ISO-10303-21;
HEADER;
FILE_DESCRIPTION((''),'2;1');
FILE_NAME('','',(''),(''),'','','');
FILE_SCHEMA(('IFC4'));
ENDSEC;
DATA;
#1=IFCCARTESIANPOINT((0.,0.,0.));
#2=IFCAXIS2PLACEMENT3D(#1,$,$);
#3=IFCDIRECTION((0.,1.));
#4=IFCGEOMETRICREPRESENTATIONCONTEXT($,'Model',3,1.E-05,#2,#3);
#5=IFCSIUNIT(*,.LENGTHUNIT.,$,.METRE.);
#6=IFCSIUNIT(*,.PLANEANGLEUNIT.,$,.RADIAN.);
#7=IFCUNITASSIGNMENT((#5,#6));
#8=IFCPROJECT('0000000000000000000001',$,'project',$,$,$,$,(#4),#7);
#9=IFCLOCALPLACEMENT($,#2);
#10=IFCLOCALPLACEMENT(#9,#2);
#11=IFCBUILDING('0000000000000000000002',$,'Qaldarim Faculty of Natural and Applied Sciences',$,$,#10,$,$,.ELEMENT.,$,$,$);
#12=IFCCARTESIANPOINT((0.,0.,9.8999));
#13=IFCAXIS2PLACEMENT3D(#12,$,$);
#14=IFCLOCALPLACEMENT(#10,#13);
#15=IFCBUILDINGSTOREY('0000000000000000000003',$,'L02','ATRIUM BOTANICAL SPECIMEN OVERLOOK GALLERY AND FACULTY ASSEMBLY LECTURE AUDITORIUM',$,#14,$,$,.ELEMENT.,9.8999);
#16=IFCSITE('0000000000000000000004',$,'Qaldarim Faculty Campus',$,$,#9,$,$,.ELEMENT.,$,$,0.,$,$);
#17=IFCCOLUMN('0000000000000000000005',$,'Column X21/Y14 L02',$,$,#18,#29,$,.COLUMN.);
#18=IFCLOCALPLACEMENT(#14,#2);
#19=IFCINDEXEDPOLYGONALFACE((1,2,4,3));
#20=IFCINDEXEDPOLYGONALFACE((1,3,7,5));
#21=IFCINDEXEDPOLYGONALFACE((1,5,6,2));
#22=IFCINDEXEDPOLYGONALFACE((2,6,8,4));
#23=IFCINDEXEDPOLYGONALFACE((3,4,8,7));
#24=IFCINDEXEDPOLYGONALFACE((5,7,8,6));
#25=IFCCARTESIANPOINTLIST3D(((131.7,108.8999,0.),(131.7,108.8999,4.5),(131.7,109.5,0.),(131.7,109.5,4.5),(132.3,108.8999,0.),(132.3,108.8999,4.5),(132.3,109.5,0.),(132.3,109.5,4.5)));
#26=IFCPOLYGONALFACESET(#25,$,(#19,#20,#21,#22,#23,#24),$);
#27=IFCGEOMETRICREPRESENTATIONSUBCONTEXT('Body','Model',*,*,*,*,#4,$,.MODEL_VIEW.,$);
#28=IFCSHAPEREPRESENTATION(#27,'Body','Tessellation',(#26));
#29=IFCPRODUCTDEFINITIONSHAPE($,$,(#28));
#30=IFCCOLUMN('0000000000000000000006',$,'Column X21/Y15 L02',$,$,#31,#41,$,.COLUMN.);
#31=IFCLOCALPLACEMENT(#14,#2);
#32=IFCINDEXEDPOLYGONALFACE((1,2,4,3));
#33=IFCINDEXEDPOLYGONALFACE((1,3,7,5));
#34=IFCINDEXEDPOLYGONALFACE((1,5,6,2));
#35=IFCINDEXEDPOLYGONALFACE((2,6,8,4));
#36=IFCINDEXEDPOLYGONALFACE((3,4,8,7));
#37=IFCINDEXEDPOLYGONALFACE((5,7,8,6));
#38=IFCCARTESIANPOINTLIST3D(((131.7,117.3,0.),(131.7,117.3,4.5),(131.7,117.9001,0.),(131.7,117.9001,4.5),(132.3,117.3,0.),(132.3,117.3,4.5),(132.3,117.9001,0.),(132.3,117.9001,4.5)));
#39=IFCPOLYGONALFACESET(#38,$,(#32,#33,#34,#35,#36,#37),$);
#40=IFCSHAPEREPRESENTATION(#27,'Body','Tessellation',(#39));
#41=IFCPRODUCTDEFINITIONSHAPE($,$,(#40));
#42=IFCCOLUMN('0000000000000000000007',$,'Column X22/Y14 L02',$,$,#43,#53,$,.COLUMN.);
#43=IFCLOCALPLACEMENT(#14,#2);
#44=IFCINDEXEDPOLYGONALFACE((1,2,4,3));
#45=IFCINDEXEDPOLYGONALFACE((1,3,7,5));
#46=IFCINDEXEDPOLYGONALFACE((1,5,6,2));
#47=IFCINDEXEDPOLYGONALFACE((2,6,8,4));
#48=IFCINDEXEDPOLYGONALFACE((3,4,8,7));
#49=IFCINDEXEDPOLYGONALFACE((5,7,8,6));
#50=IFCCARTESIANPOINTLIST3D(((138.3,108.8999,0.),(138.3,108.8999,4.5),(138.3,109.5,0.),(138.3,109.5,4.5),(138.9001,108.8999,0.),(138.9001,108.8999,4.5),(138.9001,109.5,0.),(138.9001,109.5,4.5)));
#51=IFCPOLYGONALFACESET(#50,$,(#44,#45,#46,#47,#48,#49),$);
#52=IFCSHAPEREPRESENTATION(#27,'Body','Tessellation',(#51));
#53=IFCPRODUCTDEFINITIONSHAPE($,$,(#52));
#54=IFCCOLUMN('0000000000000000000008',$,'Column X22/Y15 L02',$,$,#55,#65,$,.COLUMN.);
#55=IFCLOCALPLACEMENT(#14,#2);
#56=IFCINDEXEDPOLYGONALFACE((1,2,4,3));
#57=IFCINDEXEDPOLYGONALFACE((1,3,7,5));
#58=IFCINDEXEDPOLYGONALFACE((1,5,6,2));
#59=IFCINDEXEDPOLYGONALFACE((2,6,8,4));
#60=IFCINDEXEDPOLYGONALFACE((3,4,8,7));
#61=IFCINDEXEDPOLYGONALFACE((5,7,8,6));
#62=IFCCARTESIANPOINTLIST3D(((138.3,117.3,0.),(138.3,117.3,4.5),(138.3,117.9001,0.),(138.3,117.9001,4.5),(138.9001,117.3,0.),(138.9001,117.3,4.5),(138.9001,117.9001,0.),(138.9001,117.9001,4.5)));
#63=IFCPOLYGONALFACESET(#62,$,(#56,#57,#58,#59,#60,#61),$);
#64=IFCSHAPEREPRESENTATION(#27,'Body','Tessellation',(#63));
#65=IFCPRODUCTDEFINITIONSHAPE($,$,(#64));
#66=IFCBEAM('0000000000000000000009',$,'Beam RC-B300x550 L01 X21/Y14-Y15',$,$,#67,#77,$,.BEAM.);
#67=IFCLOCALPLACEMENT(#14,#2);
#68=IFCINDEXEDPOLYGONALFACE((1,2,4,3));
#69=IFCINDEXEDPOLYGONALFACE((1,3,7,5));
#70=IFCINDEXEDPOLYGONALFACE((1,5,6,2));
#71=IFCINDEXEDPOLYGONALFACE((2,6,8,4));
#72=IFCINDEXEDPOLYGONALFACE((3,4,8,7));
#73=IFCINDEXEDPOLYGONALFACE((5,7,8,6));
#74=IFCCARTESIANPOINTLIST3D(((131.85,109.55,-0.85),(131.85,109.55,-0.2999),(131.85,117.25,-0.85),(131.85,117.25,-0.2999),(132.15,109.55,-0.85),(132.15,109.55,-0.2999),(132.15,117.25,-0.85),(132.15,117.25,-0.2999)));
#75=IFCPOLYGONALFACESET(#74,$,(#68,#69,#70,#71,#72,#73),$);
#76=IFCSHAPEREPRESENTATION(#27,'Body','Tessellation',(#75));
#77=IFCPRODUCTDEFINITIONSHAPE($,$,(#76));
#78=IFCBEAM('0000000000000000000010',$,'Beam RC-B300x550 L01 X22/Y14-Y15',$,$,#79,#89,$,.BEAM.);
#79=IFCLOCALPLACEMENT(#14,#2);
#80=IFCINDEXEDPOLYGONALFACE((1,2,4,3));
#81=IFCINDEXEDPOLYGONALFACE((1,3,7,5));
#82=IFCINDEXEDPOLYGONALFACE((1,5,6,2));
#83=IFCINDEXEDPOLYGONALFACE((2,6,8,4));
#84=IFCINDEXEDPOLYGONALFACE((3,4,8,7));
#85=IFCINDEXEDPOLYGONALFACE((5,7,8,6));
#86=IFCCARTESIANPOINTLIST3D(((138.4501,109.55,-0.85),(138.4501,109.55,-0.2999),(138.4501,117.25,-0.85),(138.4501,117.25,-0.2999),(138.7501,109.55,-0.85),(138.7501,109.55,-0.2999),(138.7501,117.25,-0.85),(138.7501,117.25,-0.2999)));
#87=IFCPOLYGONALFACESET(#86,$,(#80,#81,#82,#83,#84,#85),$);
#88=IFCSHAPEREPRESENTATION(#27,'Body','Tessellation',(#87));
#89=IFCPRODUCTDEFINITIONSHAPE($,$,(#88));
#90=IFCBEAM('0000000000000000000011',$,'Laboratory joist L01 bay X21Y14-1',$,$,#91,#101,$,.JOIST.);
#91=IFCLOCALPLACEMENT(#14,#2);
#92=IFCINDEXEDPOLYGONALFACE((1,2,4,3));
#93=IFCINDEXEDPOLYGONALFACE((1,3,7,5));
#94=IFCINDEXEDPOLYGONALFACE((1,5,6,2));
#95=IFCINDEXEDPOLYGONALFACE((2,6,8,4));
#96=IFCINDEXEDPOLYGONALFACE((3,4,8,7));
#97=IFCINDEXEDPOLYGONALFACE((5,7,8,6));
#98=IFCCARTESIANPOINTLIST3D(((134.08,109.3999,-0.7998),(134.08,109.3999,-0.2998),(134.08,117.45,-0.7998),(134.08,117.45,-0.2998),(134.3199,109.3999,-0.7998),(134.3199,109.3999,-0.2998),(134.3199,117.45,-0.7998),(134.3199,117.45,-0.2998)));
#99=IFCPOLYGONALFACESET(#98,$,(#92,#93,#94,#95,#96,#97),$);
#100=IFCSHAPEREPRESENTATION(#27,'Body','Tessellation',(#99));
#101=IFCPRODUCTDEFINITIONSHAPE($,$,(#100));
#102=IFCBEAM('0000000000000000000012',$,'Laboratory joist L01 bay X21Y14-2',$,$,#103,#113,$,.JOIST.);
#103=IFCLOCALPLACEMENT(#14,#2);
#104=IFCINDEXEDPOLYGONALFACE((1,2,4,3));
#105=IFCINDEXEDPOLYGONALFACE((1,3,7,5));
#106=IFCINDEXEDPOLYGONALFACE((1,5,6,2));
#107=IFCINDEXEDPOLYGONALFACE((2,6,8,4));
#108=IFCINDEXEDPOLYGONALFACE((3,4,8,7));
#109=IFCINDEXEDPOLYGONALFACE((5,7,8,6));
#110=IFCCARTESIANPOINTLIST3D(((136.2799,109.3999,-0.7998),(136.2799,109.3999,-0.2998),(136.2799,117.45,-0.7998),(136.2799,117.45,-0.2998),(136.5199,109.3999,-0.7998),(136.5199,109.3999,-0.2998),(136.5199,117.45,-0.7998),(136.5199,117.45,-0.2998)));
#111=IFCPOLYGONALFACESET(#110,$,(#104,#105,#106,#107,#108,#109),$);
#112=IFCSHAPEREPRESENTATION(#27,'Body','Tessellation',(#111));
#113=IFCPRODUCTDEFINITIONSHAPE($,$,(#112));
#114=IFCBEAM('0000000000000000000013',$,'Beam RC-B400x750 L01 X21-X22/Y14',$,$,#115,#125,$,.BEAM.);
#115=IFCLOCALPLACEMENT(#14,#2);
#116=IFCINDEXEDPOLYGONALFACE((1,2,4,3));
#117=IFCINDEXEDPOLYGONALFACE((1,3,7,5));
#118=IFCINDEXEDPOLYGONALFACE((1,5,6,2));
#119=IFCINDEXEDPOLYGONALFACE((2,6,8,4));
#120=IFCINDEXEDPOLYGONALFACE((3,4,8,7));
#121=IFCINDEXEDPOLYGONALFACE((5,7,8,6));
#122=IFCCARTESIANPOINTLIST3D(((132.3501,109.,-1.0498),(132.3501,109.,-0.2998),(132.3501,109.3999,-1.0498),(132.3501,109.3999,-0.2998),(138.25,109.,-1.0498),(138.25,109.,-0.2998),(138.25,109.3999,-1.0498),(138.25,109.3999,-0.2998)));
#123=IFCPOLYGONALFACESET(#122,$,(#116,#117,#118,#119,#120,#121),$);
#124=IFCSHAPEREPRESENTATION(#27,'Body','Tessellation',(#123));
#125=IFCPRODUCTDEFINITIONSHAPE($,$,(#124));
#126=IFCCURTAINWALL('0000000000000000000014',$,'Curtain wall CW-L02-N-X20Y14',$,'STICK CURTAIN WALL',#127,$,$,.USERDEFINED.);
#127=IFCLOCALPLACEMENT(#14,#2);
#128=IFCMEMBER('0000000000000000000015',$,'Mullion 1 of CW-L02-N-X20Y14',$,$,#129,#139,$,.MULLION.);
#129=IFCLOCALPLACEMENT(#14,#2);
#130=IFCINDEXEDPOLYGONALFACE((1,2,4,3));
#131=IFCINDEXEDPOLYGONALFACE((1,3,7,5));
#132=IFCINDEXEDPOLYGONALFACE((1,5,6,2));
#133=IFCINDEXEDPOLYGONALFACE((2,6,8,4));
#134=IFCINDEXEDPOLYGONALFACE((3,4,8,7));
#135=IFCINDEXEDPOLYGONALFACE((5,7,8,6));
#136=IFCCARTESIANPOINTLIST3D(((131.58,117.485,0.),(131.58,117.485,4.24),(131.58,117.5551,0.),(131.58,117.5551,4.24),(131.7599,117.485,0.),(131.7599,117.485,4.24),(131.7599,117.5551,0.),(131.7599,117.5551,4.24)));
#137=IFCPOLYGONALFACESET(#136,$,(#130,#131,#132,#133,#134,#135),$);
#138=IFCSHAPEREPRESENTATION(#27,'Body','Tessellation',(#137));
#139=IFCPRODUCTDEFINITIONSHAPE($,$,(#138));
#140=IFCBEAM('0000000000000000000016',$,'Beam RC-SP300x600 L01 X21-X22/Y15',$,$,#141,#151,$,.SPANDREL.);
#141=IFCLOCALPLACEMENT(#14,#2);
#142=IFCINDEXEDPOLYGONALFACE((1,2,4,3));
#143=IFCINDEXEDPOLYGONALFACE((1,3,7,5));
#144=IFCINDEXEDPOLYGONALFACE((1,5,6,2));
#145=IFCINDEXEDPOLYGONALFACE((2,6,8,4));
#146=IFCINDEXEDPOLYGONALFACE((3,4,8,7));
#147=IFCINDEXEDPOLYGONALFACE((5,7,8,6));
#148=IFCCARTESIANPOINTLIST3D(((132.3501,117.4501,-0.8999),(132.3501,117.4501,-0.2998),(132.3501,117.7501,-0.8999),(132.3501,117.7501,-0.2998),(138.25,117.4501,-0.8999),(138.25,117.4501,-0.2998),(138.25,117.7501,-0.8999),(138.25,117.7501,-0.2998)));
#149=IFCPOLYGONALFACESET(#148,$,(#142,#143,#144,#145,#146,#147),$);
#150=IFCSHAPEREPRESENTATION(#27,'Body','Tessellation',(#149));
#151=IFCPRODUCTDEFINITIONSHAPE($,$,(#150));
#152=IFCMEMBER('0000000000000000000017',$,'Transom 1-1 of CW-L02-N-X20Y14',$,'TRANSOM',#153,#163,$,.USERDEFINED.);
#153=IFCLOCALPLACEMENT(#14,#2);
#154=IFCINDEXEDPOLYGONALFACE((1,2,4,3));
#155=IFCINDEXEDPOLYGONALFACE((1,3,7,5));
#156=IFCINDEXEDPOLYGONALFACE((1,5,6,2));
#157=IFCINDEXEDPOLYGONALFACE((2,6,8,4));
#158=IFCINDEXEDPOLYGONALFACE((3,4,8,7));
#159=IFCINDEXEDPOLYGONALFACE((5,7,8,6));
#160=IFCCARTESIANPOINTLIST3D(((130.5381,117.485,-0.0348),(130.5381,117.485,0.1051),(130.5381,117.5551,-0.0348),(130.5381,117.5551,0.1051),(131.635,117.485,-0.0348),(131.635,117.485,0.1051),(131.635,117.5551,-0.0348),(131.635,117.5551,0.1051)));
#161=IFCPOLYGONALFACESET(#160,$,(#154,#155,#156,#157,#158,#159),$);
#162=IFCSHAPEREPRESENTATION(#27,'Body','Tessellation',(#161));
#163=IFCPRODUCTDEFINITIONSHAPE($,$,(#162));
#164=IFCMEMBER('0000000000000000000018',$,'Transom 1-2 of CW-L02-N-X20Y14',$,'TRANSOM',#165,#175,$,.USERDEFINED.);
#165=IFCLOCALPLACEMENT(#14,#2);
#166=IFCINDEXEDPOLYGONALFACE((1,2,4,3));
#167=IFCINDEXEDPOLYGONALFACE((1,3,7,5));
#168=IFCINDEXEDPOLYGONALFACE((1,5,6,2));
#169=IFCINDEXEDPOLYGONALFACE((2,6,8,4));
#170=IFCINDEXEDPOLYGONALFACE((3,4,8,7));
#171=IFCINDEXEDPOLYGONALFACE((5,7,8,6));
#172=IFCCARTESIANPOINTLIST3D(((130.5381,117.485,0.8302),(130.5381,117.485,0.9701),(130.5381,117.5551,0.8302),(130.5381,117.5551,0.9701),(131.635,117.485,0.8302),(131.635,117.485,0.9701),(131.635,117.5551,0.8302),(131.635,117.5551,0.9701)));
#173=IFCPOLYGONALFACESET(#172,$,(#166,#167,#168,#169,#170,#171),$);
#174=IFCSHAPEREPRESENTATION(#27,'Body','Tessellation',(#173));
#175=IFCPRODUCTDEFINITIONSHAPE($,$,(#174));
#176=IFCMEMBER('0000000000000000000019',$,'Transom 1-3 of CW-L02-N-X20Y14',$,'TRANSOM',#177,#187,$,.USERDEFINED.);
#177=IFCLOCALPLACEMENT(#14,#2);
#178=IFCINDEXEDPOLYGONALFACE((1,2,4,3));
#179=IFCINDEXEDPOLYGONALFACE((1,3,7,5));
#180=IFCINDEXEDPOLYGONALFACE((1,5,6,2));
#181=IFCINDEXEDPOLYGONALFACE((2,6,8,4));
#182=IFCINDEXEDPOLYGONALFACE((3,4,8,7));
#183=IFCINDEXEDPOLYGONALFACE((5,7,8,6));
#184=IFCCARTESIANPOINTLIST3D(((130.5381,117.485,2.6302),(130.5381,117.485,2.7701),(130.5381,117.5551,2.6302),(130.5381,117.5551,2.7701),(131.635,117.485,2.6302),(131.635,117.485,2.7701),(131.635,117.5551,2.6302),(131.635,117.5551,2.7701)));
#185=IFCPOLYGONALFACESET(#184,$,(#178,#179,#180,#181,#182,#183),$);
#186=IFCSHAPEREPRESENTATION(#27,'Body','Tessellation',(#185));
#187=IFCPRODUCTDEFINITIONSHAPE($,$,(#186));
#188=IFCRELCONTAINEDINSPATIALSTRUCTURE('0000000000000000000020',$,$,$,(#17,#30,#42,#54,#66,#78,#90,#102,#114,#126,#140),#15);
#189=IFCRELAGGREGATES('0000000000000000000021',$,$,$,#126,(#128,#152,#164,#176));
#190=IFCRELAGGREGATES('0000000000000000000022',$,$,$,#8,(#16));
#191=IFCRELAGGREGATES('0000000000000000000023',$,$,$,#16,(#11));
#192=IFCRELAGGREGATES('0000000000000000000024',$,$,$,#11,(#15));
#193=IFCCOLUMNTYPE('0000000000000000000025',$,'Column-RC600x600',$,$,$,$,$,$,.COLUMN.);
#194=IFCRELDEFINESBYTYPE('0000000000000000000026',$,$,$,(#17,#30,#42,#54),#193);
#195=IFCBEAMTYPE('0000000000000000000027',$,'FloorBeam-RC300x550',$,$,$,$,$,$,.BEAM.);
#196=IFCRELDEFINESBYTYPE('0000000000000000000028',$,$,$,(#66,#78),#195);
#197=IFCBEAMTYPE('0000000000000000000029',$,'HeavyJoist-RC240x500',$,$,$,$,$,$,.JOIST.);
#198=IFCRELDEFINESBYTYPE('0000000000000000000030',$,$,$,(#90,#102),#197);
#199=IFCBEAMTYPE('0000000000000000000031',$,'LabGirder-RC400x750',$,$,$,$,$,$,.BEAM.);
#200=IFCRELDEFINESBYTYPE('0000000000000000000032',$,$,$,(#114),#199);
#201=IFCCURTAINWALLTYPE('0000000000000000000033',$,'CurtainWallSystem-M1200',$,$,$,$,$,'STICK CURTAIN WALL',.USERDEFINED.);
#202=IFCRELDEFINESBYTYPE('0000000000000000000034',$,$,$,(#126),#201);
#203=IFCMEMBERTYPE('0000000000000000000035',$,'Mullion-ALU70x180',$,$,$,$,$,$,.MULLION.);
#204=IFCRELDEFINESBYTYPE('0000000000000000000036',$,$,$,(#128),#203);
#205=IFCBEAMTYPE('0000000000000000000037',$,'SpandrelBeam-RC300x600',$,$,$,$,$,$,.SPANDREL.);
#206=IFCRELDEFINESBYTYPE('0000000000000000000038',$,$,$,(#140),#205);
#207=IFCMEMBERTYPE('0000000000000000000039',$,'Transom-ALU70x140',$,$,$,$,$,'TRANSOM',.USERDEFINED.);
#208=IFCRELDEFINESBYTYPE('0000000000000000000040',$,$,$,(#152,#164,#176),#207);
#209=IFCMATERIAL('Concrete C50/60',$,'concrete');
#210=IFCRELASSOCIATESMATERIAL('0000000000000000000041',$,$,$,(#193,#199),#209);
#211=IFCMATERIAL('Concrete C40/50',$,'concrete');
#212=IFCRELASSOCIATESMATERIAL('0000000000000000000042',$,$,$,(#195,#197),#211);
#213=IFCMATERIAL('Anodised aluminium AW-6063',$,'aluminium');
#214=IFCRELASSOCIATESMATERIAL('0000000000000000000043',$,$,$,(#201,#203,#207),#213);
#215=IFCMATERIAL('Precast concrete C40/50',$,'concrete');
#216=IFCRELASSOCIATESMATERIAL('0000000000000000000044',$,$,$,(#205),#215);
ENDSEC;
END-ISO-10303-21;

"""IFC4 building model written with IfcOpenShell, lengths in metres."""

from ifc_helpers import new_model, si_unit, direction, frame, origin, origin_2d, place, context, subcontext, project, spatial, rectangle, extrude, material, material_profile, profile_set, type_object, element, aggregate, save


model = new_model("IFC4")

# Units and contexts
model_context = context("Model", 3, precision=1e-05, world=origin(), true_north=direction((0.0, 1.0)))
body_context = subcontext(model_context, "Body", "Model", "MODEL_VIEW")
ifc_project = project(units=[si_unit("LENGTHUNIT", "METRE"), si_unit("PLANEANGLEUNIT", "RADIAN")], contexts=[model_context])

# Site, building, storey
site_placement = place(None, origin())
site = spatial("IfcSite", under=ifc_project, at=site_placement, Name="Qaldarim Faculty Campus", CompositionType="ELEMENT", RefElevation=0.0)
building_placement = place(site_placement, origin())
building = spatial("IfcBuilding", under=site, at=building_placement, Name="Qaldarim Faculty of Natural and Applied Sciences", CompositionType="ELEMENT")
storey_placement = place(building_placement, frame((0.0, 0.0, 9.8999)))
storey = spatial("IfcBuildingStorey", under=building, at=storey_placement, Name="L02", Description="ATRIUM BOTANICAL SPECIMEN OVERLOOK GALLERY AND FACULTY ASSEMBLY LECTURE AUDITORIUM", CompositionType="ELEMENT", Elevation=9.8999)

# Columns
ifc_material_1 = material(Name="Concrete C50/60", Category="concrete")
ifc_material_profile_1 = material_profile(ifc_material_1, rectangle(XDim=0.6001, YDim=0.6001, at=origin_2d()), Name="RC-C600x600")
ifc_profile_set_1 = profile_set([ifc_material_profile_1], Name="Concrete C50/60")
column_type = type_object("IfcColumnType", Name="Column-RC600x600", PredefinedType="COLUMN", material=ifc_profile_set_1)
for number, where, z_axis, x_axis, name in (
    (1, (132.0, 109.2, 0.0), (0.0, 0.0, 1.0), (1.0, 0.0, 0.0), "Column X21/Y14 L02"),
    (2, (132.0, 117.6001, 0.0), (0.0, 0.0, 1.0), (1.0, 0.0, 0.0), "Column X21/Y15 L02"),
    (3, (138.6001, 109.2, 0.0), (0.0, 0.0, 1.0), (1.0, 0.0, 0.0), "Column X22/Y14 L02"),
    (4, (138.6001, 117.6001, 0.0), (0.0, 0.0, 1.0), (1.0, 0.0, 0.0), "Column X22/Y15 L02"),
):
    element("IfcColumn", number, at=place(storey_placement, frame(where, z_axis=z_axis, x_axis=x_axis)), inside=storey, type_object=column_type, Name=name, PredefinedType="COLUMN", context=body_context, shape_type="SweptSolid", body=[
        extrude(rectangle(XDim=0.6001, YDim=0.6001, at=origin_2d()), origin(), (0.0, 0.0, 1.0), 4.5),
    ])

# Beams
ifc_material_2 = material(Name="Concrete C40/50", Category="concrete")
ifc_material_profile_2 = material_profile(ifc_material_2, rectangle(XDim=0.3, YDim=0.55, at=origin_2d()), Name="RC-B300x550")
ifc_profile_set_2 = profile_set([ifc_material_profile_2], Name="Concrete C40/50")
beam_type_1 = type_object("IfcBeamType", Name="FloorBeam-RC300x550", PredefinedType="BEAM", material=ifc_profile_set_2)
for number, where, z_axis, x_axis, name in (
    (5, (132.0, 109.55, -0.575), (0.0, 1.0, 0.0), (-1.0, 0.0, 0.0), "Beam RC-B300x550 L01 X21/Y14-Y15"),
    (6, (138.6001, 109.55, -0.575), (0.0, 1.0, 0.0), (-1.0, 0.0, 0.0), "Beam RC-B300x550 L01 X22/Y14-Y15"),
):
    element("IfcBeam", number, at=place(storey_placement, frame(where, z_axis=z_axis, x_axis=x_axis)), inside=storey, type_object=beam_type_1, Name=name, PredefinedType="BEAM", context=body_context, shape_type="SweptSolid", body=[
        extrude(rectangle(XDim=0.3, YDim=0.55, at=origin_2d()), origin(), (0.0, 0.0, 1.0), 7.7),
    ])
ifc_material_profile_3 = material_profile(ifc_material_2, rectangle(XDim=0.24, YDim=0.5, at=origin_2d()), Name="RC-J240x500")
ifc_profile_set_3 = profile_set([ifc_material_profile_3], Name="Concrete C40/50")
beam_type_2 = type_object("IfcBeamType", Name="HeavyJoist-RC240x500", PredefinedType="JOIST", material=ifc_profile_set_3)
for number, where, z_axis, x_axis, name in (
    (7, (134.2, 109.3999, -0.5498), (0.0, 1.0, 0.0), (-1.0, 0.0, 0.0), "Laboratory joist L01 bay X21Y14-1"),
    (8, (136.3999, 109.3999, -0.5498), (0.0, 1.0, 0.0), (-1.0, 0.0, 0.0), "Laboratory joist L01 bay X21Y14-2"),
):
    element("IfcBeam", number, at=place(storey_placement, frame(where, z_axis=z_axis, x_axis=x_axis)), inside=storey, type_object=beam_type_2, Name=name, PredefinedType="JOIST", context=body_context, shape_type="SweptSolid", body=[
        extrude(rectangle(XDim=0.24, YDim=0.5, at=origin_2d()), origin(), (0.0, 0.0, 1.0), 8.05),
    ])
ifc_material_profile_4 = material_profile(ifc_material_1, rectangle(XDim=0.3999, YDim=0.75, at=origin_2d()), Name="RC-B400x750")
ifc_profile_set_4 = profile_set([ifc_material_profile_4], Name="Concrete C50/60")
beam_type_3 = type_object("IfcBeamType", Name="LabGirder-RC400x750", PredefinedType="BEAM", material=ifc_profile_set_4)
beam_1_placement = place(storey_placement, frame((132.3501, 109.2, -0.6748), z_axis=(1.0, 0.0, 0.0), x_axis=(0.0, 1.0, 0.0)))
element("IfcBeam", 9, at=beam_1_placement, inside=storey, type_object=beam_type_3, Name="Beam RC-B400x750 L01 X21-X22/Y14", PredefinedType="BEAM", context=body_context, shape_type="SweptSolid", body=[
    extrude(rectangle(XDim=0.3999, YDim=0.75, at=origin_2d()), origin(), (0.0, 0.0, 1.0), 5.8999),
])

# Curtain wall, member
ifc_material_3 = material(Name="Anodised aluminium AW-6063", Category="aluminium")
curtain_wall_type = type_object("IfcCurtainWallType", Name="CurtainWallSystem-M1200", ElementType="STICK CURTAIN WALL", PredefinedType="USERDEFINED", material=ifc_material_3)
curtain_wall_placement = place(storey_placement, origin())
curtain_wall = element("IfcCurtainWall", 10, at=curtain_wall_placement, inside=storey, type_object=curtain_wall_type, Name="Curtain wall CW-L02-N-X20Y14", ObjectType="STICK CURTAIN WALL", PredefinedType="USERDEFINED")
ifc_material_profile_5 = material_profile(ifc_material_3, rectangle(XDim=0.0701, YDim=0.1799, at=origin_2d()), Name="ALU-M70x180")
ifc_profile_set_5 = profile_set([ifc_material_profile_5], Name="Anodised aluminium AW-6063")
member_type_1 = type_object("IfcMemberType", Name="Mullion-ALU70x180", PredefinedType="MULLION", material=ifc_profile_set_5)
member_1_placement = place(storey_placement, frame((131.6699, 117.52, 0.0), z_axis=(0.0, 0.0, 1.0), x_axis=(0.0, -1.0, 0.0)))
member_1 = element("IfcMember", 11, at=member_1_placement, type_object=member_type_1, Name="Mullion 1 of CW-L02-N-X20Y14", PredefinedType="MULLION", context=body_context, shape_type="SweptSolid", body=[
    extrude(rectangle(XDim=0.0701, YDim=0.1799, at=origin_2d()), origin(), (0.0, 0.0, 1.0), 4.24),
])

# Beam
ifc_material_4 = material(Name="Precast concrete C40/50", Category="concrete")
ifc_material_profile_6 = material_profile(ifc_material_4, rectangle(XDim=0.3, YDim=0.6001, at=origin_2d()), Name="RC-SP300x600")
ifc_profile_set_6 = profile_set([ifc_material_profile_6], Name="Precast concrete C40/50")
beam_type_4 = type_object("IfcBeamType", Name="SpandrelBeam-RC300x600", PredefinedType="SPANDREL", material=ifc_profile_set_6)
beam_2_placement = place(storey_placement, frame((132.3501, 117.6001, -0.5999), z_axis=(1.0, 0.0, 0.0), x_axis=(0.0, 1.0, 0.0)))
element("IfcBeam", 12, at=beam_2_placement, inside=storey, type_object=beam_type_4, Name="Beam RC-SP300x600 L01 X21-X22/Y15", PredefinedType="SPANDREL", context=body_context, shape_type="SweptSolid", body=[
    extrude(rectangle(XDim=0.3, YDim=0.6001, at=origin_2d()), origin(), (0.0, 0.0, 1.0), 5.8999),
])

# Members
ifc_material_profile_7 = material_profile(ifc_material_3, rectangle(XDim=0.0701, YDim=0.1399, at=origin_2d()), Name="ALU-T70x140")
ifc_profile_set_7 = profile_set([ifc_material_profile_7], Name="Anodised aluminium AW-6063")
member_type_2 = type_object("IfcMemberType", Name="Transom-ALU70x140", ElementType="TRANSOM", PredefinedType="USERDEFINED", material=ifc_profile_set_7)
member_2_placement = place(storey_placement, frame((131.635, 117.52, 0.0352), z_axis=(-1.0, 0.0, 0.0), x_axis=(0.0, -1.0, 0.0)))
member_2 = element("IfcMember", 13, at=member_2_placement, type_object=member_type_2, Name="Transom 1-1 of CW-L02-N-X20Y14", ObjectType="TRANSOM", PredefinedType="USERDEFINED", context=body_context, shape_type="SweptSolid", body=[
    extrude(rectangle(XDim=0.0701, YDim=0.1399, at=origin_2d()), origin(), (0.0, 0.0, 1.0), 1.0969),
])
member_3_placement = place(storey_placement, frame((131.635, 117.52, 0.9001), z_axis=(-1.0, 0.0, 0.0), x_axis=(0.0, -1.0, 0.0)))
member_3 = element("IfcMember", 14, at=member_3_placement, type_object=member_type_2, Name="Transom 1-2 of CW-L02-N-X20Y14", ObjectType="TRANSOM", PredefinedType="USERDEFINED", context=body_context, shape_type="SweptSolid", body=[
    extrude(rectangle(XDim=0.0701, YDim=0.1399, at=origin_2d()), origin(), (0.0, 0.0, 1.0), 1.0969),
])
member_4_placement = place(storey_placement, frame((131.635, 117.52, 2.7002), z_axis=(-1.0, 0.0, 0.0), x_axis=(0.0, -1.0, 0.0)))
member_4 = element("IfcMember", 15, at=member_4_placement, type_object=member_type_2, Name="Transom 1-3 of CW-L02-N-X20Y14", ObjectType="TRANSOM", PredefinedType="USERDEFINED", context=body_context, shape_type="SweptSolid", body=[
    extrude(rectangle(XDim=0.0701, YDim=0.1399, at=origin_2d()), origin(), (0.0, 0.0, 1.0), 1.0969),
])

aggregate(curtain_wall, [member_1, member_2, member_3, member_4])

save(model, "model.ifc")
